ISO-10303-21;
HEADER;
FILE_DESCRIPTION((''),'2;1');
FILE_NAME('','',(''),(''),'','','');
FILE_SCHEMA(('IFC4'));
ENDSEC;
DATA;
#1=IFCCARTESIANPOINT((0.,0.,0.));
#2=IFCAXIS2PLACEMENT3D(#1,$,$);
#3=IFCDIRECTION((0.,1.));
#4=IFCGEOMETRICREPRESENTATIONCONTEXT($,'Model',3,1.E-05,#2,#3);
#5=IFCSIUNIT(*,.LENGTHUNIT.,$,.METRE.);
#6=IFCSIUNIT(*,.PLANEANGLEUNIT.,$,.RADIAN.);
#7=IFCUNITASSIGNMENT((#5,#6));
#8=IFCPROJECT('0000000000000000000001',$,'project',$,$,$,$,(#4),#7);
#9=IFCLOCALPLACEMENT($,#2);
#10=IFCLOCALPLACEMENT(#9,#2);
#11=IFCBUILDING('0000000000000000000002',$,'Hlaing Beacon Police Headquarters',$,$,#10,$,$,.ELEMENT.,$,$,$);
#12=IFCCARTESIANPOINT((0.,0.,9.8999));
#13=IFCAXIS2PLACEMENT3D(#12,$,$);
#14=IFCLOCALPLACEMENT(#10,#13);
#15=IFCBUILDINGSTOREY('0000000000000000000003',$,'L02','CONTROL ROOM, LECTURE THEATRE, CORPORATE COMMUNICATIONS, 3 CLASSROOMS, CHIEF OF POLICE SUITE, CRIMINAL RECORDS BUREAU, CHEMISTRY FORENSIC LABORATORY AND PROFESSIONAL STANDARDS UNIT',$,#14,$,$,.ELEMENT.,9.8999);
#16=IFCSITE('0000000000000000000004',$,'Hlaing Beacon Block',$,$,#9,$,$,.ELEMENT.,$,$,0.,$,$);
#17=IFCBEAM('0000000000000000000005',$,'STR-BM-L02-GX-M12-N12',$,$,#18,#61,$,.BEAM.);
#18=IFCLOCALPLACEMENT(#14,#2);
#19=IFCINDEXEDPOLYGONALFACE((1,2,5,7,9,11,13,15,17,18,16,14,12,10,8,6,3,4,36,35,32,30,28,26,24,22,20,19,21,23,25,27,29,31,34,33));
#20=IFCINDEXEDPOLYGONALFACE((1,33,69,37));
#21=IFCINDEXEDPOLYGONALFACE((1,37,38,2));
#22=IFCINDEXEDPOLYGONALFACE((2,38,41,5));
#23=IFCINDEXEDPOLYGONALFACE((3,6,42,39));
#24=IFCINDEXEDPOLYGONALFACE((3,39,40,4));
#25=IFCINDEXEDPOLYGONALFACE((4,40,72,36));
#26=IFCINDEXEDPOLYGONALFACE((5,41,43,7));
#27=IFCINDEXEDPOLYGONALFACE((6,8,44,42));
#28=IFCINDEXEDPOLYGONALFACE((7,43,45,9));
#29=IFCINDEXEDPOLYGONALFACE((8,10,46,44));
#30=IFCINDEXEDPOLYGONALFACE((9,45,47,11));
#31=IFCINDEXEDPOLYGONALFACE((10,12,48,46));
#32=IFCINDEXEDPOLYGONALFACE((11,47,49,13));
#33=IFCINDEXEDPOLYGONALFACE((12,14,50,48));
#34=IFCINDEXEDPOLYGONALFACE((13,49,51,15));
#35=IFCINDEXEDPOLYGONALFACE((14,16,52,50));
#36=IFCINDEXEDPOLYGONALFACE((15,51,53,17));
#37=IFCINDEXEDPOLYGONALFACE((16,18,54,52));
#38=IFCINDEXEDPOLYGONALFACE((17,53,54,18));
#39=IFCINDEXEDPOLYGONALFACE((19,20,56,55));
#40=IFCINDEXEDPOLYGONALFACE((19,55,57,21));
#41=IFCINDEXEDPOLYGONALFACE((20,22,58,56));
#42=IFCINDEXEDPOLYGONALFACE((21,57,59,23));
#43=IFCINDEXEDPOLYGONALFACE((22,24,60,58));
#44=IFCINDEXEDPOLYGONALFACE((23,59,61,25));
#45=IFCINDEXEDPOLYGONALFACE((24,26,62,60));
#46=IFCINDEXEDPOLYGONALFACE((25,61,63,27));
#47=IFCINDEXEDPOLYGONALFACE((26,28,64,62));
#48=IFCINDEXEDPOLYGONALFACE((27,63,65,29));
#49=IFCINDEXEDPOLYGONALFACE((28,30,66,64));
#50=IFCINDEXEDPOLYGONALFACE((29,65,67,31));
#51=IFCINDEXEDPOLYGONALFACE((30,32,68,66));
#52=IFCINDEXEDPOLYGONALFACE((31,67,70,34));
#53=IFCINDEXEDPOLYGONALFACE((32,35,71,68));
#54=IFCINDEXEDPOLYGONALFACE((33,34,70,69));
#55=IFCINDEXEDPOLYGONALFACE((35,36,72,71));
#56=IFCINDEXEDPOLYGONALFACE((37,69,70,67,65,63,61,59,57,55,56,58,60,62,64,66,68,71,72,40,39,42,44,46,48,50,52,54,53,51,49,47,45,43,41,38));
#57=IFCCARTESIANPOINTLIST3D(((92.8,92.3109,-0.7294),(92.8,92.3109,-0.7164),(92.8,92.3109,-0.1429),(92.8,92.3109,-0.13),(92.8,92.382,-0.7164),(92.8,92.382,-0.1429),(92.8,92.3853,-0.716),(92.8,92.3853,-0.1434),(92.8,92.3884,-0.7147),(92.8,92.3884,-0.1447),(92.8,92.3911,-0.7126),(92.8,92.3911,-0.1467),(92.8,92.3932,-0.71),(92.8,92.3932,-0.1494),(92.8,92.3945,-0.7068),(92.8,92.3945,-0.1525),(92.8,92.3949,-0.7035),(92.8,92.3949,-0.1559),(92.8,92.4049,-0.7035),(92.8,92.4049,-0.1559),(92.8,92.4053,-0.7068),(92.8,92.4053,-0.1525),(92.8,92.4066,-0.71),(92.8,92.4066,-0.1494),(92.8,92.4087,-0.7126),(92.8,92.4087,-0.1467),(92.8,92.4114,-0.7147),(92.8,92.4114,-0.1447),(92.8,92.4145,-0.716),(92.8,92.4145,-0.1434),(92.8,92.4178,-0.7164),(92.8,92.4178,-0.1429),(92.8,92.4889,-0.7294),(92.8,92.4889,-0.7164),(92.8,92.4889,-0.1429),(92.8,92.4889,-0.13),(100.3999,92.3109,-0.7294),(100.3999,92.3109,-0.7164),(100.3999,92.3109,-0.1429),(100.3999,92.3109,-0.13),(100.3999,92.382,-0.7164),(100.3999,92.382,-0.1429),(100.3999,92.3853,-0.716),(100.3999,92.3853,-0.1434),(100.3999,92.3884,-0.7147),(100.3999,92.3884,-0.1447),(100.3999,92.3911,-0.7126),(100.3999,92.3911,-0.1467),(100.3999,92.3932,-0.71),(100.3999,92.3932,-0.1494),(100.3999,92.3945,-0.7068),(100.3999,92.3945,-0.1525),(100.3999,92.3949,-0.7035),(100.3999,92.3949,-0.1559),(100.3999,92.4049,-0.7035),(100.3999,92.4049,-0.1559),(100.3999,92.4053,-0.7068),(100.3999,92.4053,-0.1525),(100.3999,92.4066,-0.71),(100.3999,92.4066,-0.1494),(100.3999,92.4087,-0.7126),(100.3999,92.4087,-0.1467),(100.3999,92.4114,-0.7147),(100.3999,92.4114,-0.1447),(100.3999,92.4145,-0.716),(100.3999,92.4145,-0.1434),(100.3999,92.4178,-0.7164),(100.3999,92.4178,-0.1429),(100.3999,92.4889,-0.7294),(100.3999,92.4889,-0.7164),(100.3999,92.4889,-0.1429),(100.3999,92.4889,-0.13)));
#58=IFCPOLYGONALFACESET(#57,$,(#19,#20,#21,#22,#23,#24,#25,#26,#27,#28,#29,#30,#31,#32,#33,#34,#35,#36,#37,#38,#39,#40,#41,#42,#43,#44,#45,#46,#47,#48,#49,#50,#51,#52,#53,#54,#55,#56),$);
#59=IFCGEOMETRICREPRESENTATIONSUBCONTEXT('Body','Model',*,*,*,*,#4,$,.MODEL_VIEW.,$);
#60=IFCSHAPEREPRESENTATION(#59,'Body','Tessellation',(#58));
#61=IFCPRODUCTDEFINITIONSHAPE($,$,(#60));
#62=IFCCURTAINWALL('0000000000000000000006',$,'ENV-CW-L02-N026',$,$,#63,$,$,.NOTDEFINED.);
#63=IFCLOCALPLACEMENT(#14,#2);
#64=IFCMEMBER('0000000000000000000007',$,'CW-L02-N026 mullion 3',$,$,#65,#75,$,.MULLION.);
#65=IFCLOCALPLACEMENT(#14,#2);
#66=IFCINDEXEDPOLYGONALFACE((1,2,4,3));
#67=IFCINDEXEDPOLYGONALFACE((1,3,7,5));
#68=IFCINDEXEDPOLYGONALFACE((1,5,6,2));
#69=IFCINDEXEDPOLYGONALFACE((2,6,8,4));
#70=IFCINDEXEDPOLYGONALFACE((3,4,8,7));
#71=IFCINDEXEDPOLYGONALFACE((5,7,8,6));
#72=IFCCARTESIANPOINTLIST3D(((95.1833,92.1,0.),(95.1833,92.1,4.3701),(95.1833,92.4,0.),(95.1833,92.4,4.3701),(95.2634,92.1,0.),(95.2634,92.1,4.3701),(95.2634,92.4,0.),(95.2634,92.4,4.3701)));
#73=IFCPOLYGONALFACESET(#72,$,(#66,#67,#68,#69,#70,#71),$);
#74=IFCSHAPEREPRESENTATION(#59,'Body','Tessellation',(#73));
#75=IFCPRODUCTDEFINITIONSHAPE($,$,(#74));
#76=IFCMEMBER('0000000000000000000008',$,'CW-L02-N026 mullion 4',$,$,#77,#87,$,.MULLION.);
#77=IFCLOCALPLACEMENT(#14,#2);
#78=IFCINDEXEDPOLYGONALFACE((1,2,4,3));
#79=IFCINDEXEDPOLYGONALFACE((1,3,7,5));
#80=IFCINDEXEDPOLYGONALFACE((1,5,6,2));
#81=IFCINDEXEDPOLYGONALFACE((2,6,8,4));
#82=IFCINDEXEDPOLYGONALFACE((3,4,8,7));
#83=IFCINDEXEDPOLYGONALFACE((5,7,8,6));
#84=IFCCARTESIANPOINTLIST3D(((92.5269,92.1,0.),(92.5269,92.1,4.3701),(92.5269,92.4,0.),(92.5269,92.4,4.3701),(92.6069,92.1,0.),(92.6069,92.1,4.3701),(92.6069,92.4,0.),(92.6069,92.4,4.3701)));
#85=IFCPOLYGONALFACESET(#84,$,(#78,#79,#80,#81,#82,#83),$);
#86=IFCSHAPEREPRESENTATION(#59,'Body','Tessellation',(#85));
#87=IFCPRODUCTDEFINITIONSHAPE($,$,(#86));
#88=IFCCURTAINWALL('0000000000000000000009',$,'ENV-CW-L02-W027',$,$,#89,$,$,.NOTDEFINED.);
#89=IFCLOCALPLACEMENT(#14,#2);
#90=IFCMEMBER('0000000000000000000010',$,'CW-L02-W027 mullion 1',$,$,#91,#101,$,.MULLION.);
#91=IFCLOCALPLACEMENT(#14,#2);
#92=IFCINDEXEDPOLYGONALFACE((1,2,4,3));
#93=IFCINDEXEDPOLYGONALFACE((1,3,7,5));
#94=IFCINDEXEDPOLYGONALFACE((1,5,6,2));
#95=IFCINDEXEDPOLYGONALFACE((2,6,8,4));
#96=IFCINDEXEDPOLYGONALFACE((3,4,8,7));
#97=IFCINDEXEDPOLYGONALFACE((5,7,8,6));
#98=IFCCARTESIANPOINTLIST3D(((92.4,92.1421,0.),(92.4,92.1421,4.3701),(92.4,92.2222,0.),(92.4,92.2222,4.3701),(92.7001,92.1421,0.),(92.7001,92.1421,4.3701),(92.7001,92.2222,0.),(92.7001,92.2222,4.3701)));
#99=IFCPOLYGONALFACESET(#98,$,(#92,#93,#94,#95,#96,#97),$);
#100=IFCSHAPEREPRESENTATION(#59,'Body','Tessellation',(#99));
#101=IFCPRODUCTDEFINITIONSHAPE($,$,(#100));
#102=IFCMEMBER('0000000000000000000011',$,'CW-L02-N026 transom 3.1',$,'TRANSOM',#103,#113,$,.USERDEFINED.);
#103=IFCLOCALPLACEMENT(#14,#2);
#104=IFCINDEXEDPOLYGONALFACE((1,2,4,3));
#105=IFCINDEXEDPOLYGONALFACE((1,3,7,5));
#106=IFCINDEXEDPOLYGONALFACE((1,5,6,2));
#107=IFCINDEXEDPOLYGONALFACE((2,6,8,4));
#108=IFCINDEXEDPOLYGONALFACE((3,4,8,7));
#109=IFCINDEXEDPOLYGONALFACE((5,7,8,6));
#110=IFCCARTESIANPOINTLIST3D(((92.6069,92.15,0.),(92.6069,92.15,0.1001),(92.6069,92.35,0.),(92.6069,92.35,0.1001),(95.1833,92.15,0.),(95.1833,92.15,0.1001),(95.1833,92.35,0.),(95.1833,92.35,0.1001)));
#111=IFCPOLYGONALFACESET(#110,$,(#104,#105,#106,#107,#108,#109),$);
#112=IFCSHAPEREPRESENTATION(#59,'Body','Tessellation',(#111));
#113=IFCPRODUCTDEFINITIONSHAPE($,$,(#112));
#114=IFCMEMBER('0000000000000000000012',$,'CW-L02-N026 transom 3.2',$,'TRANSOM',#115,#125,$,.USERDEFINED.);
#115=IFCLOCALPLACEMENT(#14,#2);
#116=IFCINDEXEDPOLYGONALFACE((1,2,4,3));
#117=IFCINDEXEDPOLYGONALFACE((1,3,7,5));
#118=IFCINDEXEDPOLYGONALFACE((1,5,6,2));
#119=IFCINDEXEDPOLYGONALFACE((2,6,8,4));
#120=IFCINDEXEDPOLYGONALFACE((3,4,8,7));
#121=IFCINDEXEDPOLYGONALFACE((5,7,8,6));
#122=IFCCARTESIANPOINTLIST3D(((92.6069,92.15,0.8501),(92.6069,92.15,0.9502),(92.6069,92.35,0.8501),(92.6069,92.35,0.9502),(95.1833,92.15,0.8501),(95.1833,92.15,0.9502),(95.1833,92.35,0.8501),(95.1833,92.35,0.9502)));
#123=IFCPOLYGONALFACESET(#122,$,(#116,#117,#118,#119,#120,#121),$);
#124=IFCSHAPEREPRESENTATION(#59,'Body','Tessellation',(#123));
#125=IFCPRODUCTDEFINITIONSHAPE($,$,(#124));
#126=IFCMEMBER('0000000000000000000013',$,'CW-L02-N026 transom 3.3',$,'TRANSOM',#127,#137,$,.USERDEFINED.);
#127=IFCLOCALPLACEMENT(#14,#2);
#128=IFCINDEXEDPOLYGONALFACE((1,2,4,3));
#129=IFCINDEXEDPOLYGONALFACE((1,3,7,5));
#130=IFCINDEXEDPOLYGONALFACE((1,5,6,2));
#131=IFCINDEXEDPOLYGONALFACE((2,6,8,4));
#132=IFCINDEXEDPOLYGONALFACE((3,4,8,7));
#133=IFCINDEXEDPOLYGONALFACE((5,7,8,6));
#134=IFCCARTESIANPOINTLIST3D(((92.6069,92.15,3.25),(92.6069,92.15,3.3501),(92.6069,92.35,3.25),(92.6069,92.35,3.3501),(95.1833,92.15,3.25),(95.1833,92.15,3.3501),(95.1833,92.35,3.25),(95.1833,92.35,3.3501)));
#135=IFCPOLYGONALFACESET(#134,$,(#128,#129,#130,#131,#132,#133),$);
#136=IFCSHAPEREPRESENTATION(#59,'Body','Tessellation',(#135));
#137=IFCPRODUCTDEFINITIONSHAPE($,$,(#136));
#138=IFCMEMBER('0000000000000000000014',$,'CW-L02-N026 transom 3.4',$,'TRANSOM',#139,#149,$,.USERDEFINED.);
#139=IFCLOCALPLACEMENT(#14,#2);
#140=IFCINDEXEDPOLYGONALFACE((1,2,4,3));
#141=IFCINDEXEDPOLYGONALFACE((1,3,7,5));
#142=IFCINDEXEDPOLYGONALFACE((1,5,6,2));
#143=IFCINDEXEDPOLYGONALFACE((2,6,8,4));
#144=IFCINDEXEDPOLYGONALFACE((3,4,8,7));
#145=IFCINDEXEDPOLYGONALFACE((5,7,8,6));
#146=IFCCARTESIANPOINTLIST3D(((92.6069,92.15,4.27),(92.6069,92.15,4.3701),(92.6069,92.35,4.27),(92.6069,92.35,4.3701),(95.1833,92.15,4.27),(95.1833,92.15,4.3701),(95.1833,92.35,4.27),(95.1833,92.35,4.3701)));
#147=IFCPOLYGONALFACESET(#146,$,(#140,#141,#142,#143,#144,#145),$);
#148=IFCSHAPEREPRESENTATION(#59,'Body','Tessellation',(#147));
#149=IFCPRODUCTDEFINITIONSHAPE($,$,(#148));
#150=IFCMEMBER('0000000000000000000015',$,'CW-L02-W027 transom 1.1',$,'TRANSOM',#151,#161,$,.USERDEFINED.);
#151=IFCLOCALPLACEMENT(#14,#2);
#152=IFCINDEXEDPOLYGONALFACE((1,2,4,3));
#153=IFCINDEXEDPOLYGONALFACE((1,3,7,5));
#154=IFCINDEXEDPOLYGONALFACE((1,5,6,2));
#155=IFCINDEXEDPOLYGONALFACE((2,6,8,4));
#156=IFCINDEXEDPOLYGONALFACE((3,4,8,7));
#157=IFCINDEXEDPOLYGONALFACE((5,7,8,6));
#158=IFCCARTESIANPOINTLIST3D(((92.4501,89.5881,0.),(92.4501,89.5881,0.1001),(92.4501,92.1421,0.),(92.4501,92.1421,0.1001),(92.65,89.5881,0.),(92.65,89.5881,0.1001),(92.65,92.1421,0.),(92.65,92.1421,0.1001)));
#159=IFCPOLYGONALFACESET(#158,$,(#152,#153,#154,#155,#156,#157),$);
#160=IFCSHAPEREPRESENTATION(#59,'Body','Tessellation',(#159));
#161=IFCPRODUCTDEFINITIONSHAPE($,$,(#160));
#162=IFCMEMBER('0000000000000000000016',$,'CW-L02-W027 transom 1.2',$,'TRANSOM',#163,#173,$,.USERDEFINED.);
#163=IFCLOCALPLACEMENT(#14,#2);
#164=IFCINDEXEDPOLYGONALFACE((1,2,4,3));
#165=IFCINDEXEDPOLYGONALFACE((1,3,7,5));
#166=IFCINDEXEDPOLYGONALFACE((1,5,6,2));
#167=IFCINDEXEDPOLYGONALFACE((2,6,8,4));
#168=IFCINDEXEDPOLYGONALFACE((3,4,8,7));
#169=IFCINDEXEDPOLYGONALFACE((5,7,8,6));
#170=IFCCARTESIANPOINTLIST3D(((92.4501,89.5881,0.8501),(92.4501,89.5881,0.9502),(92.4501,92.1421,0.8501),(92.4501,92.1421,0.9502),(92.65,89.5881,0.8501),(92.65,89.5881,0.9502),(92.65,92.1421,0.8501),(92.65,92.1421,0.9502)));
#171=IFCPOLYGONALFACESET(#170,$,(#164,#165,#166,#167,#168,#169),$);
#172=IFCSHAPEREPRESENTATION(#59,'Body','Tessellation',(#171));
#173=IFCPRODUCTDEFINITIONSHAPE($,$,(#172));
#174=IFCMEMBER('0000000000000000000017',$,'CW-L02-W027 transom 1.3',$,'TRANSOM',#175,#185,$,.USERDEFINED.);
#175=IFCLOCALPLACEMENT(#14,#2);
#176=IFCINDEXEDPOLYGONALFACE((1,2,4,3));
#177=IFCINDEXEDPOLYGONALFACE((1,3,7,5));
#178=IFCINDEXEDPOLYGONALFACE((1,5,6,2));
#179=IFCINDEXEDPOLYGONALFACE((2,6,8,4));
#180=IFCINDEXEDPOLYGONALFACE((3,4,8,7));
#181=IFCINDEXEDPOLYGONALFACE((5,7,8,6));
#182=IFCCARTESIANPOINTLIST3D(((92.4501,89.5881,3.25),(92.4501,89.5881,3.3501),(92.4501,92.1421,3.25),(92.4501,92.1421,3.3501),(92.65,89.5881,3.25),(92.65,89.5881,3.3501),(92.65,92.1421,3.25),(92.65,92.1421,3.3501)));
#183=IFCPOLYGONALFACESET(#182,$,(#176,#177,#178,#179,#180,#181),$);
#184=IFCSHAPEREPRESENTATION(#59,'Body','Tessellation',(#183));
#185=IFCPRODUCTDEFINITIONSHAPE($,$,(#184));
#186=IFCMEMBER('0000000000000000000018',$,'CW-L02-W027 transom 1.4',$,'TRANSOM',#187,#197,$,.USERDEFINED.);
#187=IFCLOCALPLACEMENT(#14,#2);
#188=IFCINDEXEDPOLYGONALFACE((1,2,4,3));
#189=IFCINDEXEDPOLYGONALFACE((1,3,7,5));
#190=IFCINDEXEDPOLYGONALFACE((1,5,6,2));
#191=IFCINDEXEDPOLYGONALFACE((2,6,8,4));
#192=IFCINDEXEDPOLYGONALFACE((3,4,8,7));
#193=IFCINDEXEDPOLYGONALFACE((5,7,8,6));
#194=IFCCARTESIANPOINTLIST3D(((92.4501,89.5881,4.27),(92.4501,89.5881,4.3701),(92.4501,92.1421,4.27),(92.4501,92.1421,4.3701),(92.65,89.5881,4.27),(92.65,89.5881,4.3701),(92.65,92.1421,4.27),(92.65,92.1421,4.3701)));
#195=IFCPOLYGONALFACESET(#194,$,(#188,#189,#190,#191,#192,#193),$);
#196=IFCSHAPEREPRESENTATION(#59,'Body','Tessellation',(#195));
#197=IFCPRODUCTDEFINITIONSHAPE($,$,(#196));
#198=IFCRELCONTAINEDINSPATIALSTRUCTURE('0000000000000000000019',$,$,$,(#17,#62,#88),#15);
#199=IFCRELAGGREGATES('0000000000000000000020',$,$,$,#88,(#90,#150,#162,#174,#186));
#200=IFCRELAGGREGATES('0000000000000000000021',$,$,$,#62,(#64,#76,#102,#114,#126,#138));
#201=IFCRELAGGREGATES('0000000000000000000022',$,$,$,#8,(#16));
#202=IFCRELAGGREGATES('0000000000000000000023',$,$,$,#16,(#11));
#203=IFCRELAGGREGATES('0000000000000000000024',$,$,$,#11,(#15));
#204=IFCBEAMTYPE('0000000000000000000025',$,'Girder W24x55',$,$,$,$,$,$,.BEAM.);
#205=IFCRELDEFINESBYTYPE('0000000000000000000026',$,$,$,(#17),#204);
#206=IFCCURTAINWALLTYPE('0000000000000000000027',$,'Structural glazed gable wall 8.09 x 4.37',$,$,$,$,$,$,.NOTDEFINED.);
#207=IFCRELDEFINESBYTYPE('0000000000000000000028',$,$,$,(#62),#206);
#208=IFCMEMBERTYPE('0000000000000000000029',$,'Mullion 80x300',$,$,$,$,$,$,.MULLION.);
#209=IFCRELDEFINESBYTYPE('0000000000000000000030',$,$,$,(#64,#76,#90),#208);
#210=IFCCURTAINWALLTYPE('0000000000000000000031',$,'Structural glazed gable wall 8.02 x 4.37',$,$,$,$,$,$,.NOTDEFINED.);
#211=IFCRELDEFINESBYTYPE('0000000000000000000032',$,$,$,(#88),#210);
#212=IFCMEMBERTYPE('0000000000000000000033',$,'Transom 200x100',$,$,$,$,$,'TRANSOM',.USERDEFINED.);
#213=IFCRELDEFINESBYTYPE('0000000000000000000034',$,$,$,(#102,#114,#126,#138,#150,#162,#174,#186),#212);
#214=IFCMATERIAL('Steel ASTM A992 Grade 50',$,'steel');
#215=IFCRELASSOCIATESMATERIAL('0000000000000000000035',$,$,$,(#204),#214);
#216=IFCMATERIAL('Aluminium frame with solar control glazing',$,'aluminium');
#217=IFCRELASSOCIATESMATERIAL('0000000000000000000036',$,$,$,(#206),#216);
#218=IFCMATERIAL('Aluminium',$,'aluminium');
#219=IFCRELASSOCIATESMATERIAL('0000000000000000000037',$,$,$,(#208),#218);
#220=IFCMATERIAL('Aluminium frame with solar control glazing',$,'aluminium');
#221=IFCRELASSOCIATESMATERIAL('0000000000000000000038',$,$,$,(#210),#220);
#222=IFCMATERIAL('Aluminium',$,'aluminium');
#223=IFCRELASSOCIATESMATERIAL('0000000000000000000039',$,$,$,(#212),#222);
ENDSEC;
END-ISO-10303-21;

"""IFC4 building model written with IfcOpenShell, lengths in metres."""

from ifc_helpers import new_model, si_unit, direction, frame, origin, origin_2d, place, context, subcontext, project, spatial, rectangle, i_section, extrude, material, material_profile, profile_set, type_object, element, aggregate, save


model = new_model("IFC4")

# Units and contexts
model_context = context("Model", 3, precision=1e-05, world=origin(), true_north=direction((0.0, 1.0)))
body_context = subcontext(model_context, "Body", "Model", "MODEL_VIEW")
ifc_project = project(units=[si_unit("LENGTHUNIT", "METRE"), si_unit("PLANEANGLEUNIT", "RADIAN")], contexts=[model_context])

# Site, building, storey
site_placement = place(None, origin())
site = spatial("IfcSite", under=ifc_project, at=site_placement, Name="Hlaing Beacon Block", CompositionType="ELEMENT", RefElevation=0.0)
building_placement = place(site_placement, origin())
building = spatial("IfcBuilding", under=site, at=building_placement, Name="Hlaing Beacon Police Headquarters", CompositionType="ELEMENT")
storey_placement = place(building_placement, frame((0.0, 0.0, 9.8999)))
storey = spatial("IfcBuildingStorey", under=building, at=storey_placement, Name="L02", Description="CONTROL ROOM, LECTURE THEATRE, CORPORATE COMMUNICATIONS, 3 CLASSROOMS, CHIEF OF POLICE SUITE, CRIMINAL RECORDS BUREAU, CHEMISTRY FORENSIC LABORATORY AND PROFESSIONAL STANDARDS UNIT", CompositionType="ELEMENT", Elevation=9.8999)

# Beam
ifc_material_1 = material(Name="Steel ASTM A992 Grade 50", Category="steel")
ifc_material_profile_1 = material_profile(ifc_material_1, i_section(OverallWidth=0.178, OverallDepth=0.5994, WebThickness=0.01, FlangeThickness=0.0129, FilletRadius=0.0129, at=origin_2d()), Name="W24x55")
ifc_profile_set_1 = profile_set([ifc_material_profile_1], Name="Steel ASTM A992 Grade 50")
beam_type = type_object("IfcBeamType", Name="Girder W24x55", PredefinedType="BEAM", material=ifc_profile_set_1)
beam_placement = place(storey_placement, frame((92.8, 92.3999, -0.4297), z_axis=(1.0, 0.0, 0.0), x_axis=(0.0, 1.0, 0.0)))
element("IfcBeam", 1, at=beam_placement, inside=storey, type_object=beam_type, Name="STR-BM-L02-GX-M12-N12", PredefinedType="BEAM", context=body_context, shape_type="SweptSolid", body=[
    extrude(i_section(OverallWidth=0.178, OverallDepth=0.5994, WebThickness=0.01, FlangeThickness=0.0129, FilletRadius=0.0129, at=origin_2d()), origin(), (0.0, 0.0, 1.0), 7.5999),
])

# Curtain wall, members
ifc_material_2 = material(Name="Aluminium frame with solar control glazing", Category="aluminium")
curtain_wall_type_1 = type_object("IfcCurtainWallType", Name="Structural glazed gable wall 8.09 x 4.37", PredefinedType="NOTDEFINED", material=ifc_material_2)
curtain_wall_1_placement = place(storey_placement, origin())
curtain_wall_1 = element("IfcCurtainWall", 2, at=curtain_wall_1_placement, inside=storey, type_object=curtain_wall_type_1, Name="ENV-CW-L02-N026", PredefinedType="NOTDEFINED")
ifc_material_3 = material(Name="Aluminium", Category="aluminium")
ifc_material_profile_2 = material_profile(ifc_material_3, rectangle(XDim=0.3, YDim=0.0801, at=origin_2d()), Name="Mullion 80x300")
ifc_profile_set_2 = profile_set([ifc_material_profile_2], Name="Aluminium")
member_type_1 = type_object("IfcMemberType", Name="Mullion 80x300", PredefinedType="MULLION", material=ifc_profile_set_2)
member_1_placement = place(storey_placement, frame((95.2234, 92.25, 0.0), z_axis=(0.0, 0.0, 1.0), x_axis=(0.0, -1.0, 0.0)))
member_1 = element("IfcMember", 3, at=member_1_placement, type_object=member_type_1, Name="CW-L02-N026 mullion 3", PredefinedType="MULLION", context=body_context, shape_type="SweptSolid", body=[
    extrude(rectangle(XDim=0.3, YDim=0.0801, at=origin_2d()), origin(), (0.0, 0.0, 1.0), 4.3701),
])
member_2_placement = place(storey_placement, frame((92.5669, 92.25, 0.0), z_axis=(0.0, 0.0, 1.0), x_axis=(0.0, -1.0, 0.0)))
member_2 = element("IfcMember", 4, at=member_2_placement, type_object=member_type_1, Name="CW-L02-N026 mullion 4", PredefinedType="MULLION", context=body_context, shape_type="SweptSolid", body=[
    extrude(rectangle(XDim=0.3, YDim=0.0801, at=origin_2d()), origin(), (0.0, 0.0, 1.0), 4.3701),
])

# Curtain wall, member
ifc_material_4 = material(Name="Aluminium frame with solar control glazing", Category="aluminium")
curtain_wall_type_2 = type_object("IfcCurtainWallType", Name="Structural glazed gable wall 8.02 x 4.37", PredefinedType="NOTDEFINED", material=ifc_material_4)
curtain_wall_2_placement = place(storey_placement, origin())
curtain_wall_2 = element("IfcCurtainWall", 5, at=curtain_wall_2_placement, inside=storey, type_object=curtain_wall_type_2, Name="ENV-CW-L02-W027", PredefinedType="NOTDEFINED")
member_3_placement = place(storey_placement, frame((92.55, 92.1821, 0.0), z_axis=(0.0, 0.0, 1.0), x_axis=(1.0, 0.0, 0.0)))
member_3 = element("IfcMember", 6, at=member_3_placement, type_object=member_type_1, Name="CW-L02-W027 mullion 1", PredefinedType="MULLION", context=body_context, shape_type="SweptSolid", body=[
    extrude(rectangle(XDim=0.3, YDim=0.0801, at=origin_2d()), origin(), (0.0, 0.0, 1.0), 4.3701),
])

# Members
ifc_material_5 = material(Name="Aluminium", Category="aluminium")
ifc_material_profile_3 = material_profile(ifc_material_5, rectangle(XDim=0.2, YDim=0.1001, at=origin_2d()), Name="Transom 200x100")
ifc_profile_set_3 = profile_set([ifc_material_profile_3], Name="Aluminium")
member_type_2 = type_object("IfcMemberType", Name="Transom 200x100", ElementType="TRANSOM", PredefinedType="USERDEFINED", material=ifc_profile_set_3)
member_4_placement = place(storey_placement, frame((95.1833, 92.25, 0.05), z_axis=(-1.0, 0.0, 0.0), x_axis=(0.0, -1.0, 0.0)))
member_4 = element("IfcMember", 7, at=member_4_placement, type_object=member_type_2, Name="CW-L02-N026 transom 3.1", ObjectType="TRANSOM", PredefinedType="USERDEFINED", context=body_context, shape_type="SweptSolid", body=[
    extrude(rectangle(XDim=0.2, YDim=0.1001, at=origin_2d()), origin(), (0.0, 0.0, 1.0), 2.5764),
])
member_5_placement = place(storey_placement, frame((95.1833, 92.25, 0.9001), z_axis=(-1.0, 0.0, 0.0), x_axis=(0.0, -1.0, 0.0)))
member_5 = element("IfcMember", 8, at=member_5_placement, type_object=member_type_2, Name="CW-L02-N026 transom 3.2", ObjectType="TRANSOM", PredefinedType="USERDEFINED", context=body_context, shape_type="SweptSolid", body=[
    extrude(rectangle(XDim=0.2, YDim=0.1001, at=origin_2d()), origin(), (0.0, 0.0, 1.0), 2.5764),
])
member_6_placement = place(storey_placement, frame((95.1833, 92.25, 3.3), z_axis=(-1.0, 0.0, 0.0), x_axis=(0.0, -1.0, 0.0)))
member_6 = element("IfcMember", 9, at=member_6_placement, type_object=member_type_2, Name="CW-L02-N026 transom 3.3", ObjectType="TRANSOM", PredefinedType="USERDEFINED", context=body_context, shape_type="SweptSolid", body=[
    extrude(rectangle(XDim=0.2, YDim=0.1001, at=origin_2d()), origin(), (0.0, 0.0, 1.0), 2.5764),
])
member_7_placement = place(storey_placement, frame((95.1833, 92.25, 4.3201), z_axis=(-1.0, 0.0, 0.0), x_axis=(0.0, -1.0, 0.0)))
member_7 = element("IfcMember", 10, at=member_7_placement, type_object=member_type_2, Name="CW-L02-N026 transom 3.4", ObjectType="TRANSOM", PredefinedType="USERDEFINED", context=body_context, shape_type="SweptSolid", body=[
    extrude(rectangle(XDim=0.2, YDim=0.1001, at=origin_2d()), origin(), (0.0, 0.0, 1.0), 2.5764),
])
member_8_placement = place(storey_placement, frame((92.55, 92.1421, 0.05), z_axis=(0.0, -1.0, 0.0), x_axis=(1.0, 0.0, 0.0)))
member_8 = element("IfcMember", 11, at=member_8_placement, type_object=member_type_2, Name="CW-L02-W027 transom 1.1", ObjectType="TRANSOM", PredefinedType="USERDEFINED", context=body_context, shape_type="SweptSolid", body=[
    extrude(rectangle(XDim=0.2, YDim=0.1001, at=origin_2d()), origin(), (0.0, 0.0, 1.0), 2.554),
])
member_9_placement = place(storey_placement, frame((92.55, 92.1421, 0.9001), z_axis=(0.0, -1.0, 0.0), x_axis=(1.0, 0.0, 0.0)))
member_9 = element("IfcMember", 12, at=member_9_placement, type_object=member_type_2, Name="CW-L02-W027 transom 1.2", ObjectType="TRANSOM", PredefinedType="USERDEFINED", context=body_context, shape_type="SweptSolid", body=[
    extrude(rectangle(XDim=0.2, YDim=0.1001, at=origin_2d()), origin(), (0.0, 0.0, 1.0), 2.554),
])
member_10_placement = place(storey_placement, frame((92.55, 92.1421, 3.3), z_axis=(0.0, -1.0, 0.0), x_axis=(1.0, 0.0, 0.0)))
member_10 = element("IfcMember", 13, at=member_10_placement, type_object=member_type_2, Name="CW-L02-W027 transom 1.3", ObjectType="TRANSOM", PredefinedType="USERDEFINED", context=body_context, shape_type="SweptSolid", body=[
    extrude(rectangle(XDim=0.2, YDim=0.1001, at=origin_2d()), origin(), (0.0, 0.0, 1.0), 2.554),
])
member_11_placement = place(storey_placement, frame((92.55, 92.1421, 4.3201), z_axis=(0.0, -1.0, 0.0), x_axis=(1.0, 0.0, 0.0)))
member_11 = element("IfcMember", 14, at=member_11_placement, type_object=member_type_2, Name="CW-L02-W027 transom 1.4", ObjectType="TRANSOM", PredefinedType="USERDEFINED", context=body_context, shape_type="SweptSolid", body=[
    extrude(rectangle(XDim=0.2, YDim=0.1001, at=origin_2d()), origin(), (0.0, 0.0, 1.0), 2.554),
])

aggregate(curtain_wall_2, [member_3, member_8, member_9, member_10, member_11])
aggregate(curtain_wall_1, [member_1, member_2, member_4, member_5, member_6, member_7])

save(model, "model.ifc")
